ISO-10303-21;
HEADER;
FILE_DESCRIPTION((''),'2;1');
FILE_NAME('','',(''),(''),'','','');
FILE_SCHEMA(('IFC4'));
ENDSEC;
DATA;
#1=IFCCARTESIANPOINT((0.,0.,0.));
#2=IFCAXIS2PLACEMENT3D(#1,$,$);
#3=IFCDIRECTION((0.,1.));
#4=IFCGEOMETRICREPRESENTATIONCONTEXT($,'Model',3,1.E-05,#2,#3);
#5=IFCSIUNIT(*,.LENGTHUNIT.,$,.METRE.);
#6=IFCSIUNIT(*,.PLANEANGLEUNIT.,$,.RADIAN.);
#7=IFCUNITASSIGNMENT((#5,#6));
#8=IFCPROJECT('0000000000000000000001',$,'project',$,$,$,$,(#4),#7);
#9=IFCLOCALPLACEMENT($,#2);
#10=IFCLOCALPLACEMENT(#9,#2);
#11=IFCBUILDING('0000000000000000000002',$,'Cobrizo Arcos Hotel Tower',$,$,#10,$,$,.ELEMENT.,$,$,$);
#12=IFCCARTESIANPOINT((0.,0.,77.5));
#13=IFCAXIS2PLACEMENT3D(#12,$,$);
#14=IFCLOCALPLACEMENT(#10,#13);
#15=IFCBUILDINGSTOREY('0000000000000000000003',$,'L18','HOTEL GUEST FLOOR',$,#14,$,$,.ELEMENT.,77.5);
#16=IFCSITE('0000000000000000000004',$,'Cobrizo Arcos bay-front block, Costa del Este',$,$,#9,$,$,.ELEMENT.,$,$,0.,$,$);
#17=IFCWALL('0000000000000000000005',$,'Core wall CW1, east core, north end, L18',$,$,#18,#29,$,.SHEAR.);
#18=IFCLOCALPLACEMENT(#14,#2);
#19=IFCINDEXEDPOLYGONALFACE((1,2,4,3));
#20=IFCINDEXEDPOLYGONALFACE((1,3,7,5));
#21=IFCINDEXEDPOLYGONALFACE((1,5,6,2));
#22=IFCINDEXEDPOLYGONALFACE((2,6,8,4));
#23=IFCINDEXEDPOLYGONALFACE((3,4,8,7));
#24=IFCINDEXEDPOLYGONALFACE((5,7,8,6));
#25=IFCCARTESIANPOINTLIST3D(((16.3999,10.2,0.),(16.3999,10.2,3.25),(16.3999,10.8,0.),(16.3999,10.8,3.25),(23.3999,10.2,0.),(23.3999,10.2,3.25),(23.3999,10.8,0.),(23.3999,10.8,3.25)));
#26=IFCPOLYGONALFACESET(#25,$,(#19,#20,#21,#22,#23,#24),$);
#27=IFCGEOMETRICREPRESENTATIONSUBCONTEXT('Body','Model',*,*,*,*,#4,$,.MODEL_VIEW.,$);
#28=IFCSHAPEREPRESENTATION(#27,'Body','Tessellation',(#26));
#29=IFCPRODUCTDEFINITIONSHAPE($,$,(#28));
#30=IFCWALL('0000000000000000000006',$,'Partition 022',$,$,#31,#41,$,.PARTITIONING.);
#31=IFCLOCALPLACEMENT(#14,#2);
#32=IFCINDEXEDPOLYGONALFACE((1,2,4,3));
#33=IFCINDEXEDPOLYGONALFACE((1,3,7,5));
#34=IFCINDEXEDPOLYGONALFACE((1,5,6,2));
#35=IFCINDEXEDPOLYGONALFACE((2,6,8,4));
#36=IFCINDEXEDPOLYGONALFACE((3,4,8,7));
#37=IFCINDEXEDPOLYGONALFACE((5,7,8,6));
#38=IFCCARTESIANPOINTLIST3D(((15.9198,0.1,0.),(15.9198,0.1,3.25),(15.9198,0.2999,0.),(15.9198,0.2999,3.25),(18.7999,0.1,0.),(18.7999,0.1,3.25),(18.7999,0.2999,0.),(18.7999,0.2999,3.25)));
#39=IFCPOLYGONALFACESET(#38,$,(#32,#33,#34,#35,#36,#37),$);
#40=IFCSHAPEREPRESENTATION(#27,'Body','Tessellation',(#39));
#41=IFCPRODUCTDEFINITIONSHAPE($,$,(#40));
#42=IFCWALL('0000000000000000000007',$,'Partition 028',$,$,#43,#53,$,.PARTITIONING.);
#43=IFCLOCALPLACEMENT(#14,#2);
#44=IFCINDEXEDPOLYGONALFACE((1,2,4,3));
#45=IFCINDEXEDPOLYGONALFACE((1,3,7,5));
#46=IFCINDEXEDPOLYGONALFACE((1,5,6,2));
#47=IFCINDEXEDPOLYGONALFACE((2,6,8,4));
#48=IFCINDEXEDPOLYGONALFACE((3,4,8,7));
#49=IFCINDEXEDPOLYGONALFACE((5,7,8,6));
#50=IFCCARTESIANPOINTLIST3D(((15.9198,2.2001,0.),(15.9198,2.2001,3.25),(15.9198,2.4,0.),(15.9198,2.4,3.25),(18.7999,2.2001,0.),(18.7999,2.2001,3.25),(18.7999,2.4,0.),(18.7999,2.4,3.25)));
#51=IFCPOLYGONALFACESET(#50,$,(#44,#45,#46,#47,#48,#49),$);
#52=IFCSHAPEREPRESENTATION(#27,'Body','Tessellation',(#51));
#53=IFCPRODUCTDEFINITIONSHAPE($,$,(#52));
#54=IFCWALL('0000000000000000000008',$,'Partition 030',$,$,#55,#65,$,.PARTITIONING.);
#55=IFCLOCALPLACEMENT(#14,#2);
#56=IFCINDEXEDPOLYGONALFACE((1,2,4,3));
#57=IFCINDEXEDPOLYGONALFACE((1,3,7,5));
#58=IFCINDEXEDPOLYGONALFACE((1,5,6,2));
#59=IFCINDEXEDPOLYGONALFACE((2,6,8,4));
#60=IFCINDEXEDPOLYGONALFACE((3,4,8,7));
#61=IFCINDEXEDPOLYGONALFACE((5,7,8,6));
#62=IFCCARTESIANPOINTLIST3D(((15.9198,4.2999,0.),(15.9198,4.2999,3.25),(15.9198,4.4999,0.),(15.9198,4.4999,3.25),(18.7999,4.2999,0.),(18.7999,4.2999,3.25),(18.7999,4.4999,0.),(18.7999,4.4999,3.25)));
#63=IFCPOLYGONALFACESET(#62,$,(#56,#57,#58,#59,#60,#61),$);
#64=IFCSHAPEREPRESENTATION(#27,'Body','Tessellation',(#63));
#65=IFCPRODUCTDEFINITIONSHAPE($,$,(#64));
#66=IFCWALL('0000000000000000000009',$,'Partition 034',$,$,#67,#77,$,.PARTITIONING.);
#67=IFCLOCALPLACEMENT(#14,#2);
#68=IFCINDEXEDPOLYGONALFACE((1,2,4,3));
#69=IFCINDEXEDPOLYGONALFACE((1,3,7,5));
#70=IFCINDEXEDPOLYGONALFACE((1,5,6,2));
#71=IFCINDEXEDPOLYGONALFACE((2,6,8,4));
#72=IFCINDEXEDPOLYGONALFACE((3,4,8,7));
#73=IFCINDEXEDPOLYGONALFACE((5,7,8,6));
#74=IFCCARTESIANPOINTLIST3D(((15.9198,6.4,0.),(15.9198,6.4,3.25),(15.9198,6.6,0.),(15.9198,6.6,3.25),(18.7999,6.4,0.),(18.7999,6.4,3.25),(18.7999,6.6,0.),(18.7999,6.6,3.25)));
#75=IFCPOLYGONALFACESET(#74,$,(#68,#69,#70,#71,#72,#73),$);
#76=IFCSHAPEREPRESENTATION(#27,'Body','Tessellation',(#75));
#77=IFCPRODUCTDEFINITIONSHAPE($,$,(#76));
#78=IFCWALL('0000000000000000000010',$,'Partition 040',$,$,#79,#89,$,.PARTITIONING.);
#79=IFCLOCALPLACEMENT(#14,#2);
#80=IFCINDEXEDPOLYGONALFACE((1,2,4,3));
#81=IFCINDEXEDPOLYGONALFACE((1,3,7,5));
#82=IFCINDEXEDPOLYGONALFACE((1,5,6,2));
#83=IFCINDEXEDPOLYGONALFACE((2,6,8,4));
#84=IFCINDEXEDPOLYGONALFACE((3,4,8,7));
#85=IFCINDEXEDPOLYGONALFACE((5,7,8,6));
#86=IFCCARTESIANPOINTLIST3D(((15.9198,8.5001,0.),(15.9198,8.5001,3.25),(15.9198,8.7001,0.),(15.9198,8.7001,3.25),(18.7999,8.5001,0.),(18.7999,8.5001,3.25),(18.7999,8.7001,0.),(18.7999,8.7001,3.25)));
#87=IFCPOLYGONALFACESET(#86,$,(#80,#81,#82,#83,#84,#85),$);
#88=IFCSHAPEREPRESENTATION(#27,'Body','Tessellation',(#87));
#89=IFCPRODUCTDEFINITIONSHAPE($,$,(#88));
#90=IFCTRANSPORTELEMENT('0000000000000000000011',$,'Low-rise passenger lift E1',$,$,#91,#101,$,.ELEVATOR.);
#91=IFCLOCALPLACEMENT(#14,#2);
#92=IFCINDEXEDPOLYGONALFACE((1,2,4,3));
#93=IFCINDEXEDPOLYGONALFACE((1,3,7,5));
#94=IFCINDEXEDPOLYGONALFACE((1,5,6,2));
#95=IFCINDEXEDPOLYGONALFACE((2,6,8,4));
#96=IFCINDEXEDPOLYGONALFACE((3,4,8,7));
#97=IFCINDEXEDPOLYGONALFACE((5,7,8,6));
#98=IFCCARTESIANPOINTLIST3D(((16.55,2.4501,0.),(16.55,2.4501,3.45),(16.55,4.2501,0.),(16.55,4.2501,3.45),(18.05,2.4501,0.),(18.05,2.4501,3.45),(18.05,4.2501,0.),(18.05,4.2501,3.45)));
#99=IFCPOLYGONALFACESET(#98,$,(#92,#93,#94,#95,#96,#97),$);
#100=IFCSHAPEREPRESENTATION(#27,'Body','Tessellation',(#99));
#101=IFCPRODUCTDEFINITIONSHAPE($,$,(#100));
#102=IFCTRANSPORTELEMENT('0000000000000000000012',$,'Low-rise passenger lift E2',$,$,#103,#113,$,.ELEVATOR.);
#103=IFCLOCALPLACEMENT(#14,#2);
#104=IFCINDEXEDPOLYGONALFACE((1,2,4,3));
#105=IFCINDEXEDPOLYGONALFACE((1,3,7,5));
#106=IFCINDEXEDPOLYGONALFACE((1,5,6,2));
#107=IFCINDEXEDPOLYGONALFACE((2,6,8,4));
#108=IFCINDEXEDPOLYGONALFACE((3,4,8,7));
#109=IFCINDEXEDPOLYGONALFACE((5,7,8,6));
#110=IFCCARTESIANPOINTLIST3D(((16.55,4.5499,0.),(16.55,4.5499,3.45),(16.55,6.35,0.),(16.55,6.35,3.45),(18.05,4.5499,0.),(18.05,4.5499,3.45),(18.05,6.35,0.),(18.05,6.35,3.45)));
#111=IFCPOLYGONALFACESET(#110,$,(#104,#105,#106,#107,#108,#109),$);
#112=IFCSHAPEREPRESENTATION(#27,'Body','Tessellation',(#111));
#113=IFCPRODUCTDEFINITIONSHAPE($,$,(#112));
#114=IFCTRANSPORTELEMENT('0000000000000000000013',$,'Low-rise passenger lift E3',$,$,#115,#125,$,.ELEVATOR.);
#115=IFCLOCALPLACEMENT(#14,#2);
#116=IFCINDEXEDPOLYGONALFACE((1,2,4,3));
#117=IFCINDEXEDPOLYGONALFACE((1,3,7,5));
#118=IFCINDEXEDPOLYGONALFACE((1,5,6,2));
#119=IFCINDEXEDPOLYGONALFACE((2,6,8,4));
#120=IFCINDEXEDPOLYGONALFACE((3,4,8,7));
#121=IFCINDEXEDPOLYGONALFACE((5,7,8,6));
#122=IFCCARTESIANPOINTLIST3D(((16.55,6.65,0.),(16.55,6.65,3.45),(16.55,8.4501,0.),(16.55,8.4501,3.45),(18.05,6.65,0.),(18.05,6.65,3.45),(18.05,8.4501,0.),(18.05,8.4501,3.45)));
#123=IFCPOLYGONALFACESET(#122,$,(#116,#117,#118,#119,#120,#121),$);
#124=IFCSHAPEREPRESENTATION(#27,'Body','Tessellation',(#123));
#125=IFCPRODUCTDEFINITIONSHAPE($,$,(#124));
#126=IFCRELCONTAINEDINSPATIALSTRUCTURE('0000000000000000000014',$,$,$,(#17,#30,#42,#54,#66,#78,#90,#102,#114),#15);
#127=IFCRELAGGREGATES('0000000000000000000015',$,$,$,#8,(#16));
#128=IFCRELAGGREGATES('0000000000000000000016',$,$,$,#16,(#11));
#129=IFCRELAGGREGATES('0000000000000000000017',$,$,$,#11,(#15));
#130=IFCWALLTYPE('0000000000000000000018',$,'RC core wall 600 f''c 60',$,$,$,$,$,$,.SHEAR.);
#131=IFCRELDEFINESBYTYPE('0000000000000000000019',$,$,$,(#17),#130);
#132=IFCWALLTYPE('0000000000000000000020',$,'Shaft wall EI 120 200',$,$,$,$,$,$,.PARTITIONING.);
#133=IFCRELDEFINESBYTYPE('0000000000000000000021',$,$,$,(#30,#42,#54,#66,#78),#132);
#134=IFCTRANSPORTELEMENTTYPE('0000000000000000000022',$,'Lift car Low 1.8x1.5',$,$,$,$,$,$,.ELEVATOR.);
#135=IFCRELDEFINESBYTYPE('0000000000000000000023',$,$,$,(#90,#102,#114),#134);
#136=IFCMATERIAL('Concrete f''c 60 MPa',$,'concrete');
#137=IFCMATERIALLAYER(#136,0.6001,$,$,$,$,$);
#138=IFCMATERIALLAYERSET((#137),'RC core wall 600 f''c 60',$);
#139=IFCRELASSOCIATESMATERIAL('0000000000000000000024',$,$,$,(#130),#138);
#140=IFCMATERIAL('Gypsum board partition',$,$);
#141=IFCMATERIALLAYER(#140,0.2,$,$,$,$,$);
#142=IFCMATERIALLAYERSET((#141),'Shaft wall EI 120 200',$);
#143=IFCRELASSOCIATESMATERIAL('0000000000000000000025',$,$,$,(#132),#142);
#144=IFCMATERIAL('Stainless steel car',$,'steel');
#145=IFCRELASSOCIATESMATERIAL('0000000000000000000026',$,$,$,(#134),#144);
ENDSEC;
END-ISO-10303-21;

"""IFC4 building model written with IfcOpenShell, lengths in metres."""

from ifc_helpers import new_model, si_unit, direction, frame, frame_2d, origin, origin_2d, place, context, subcontext, project, spatial, rectangle, extrude, material, layer, layer_set, type_object, element, save


model = new_model("IFC4")

# Units and contexts
model_context = context("Model", 3, precision=1e-05, world=origin(), true_north=direction((0.0, 1.0)))
body_context = subcontext(model_context, "Body", "Model", "MODEL_VIEW")
ifc_project = project(units=[si_unit("LENGTHUNIT", "METRE"), si_unit("PLANEANGLEUNIT", "RADIAN")], contexts=[model_context])

# Site, building, storey
site_placement = place(None, origin())
site = spatial("IfcSite", under=ifc_project, at=site_placement, Name="Cobrizo Arcos bay-front block, Costa del Este", CompositionType="ELEMENT", RefElevation=0.0)
building_placement = place(site_placement, origin())
building = spatial("IfcBuilding", under=site, at=building_placement, Name="Cobrizo Arcos Hotel Tower", CompositionType="ELEMENT")
storey_placement = place(building_placement, frame((0.0, 0.0, 77.5)))
storey = spatial("IfcBuildingStorey", under=building, at=storey_placement, Name="L18", Description="HOTEL GUEST FLOOR", CompositionType="ELEMENT", Elevation=77.5)

# Shared definitions
ifc_material_1 = material(Name="Gypsum board partition")

# Walls
ifc_material_2 = material(Name="Concrete f'c 60 MPa", Category="concrete")
ifc_layer_1 = layer(ifc_material_2, 0.6001)
ifc_layer_set_1 = layer_set([ifc_layer_1], Name="RC core wall 600 f'c 60")
wall_type_1 = type_object("IfcWallType", Name="RC core wall 600 f'c 60", PredefinedType="SHEAR", material=ifc_layer_set_1)
wall_1_placement = place(storey_placement, frame((16.3999, 10.5, 0.0), z_axis=(0.0, 0.0, 1.0), x_axis=(1.0, 0.0, 0.0)))
element("IfcWall", 1, at=wall_1_placement, inside=storey, type_object=wall_type_1, Name="Core wall CW1, east core, north end, L18", PredefinedType="SHEAR", context=body_context, shape_type="SweptSolid", body=[
    extrude(rectangle(XDim=7.0, YDim=0.6001, at=frame_2d((3.5, 0.0))), origin(), (0.0, 0.0, 1.0), 3.25),
])
ifc_layer_2 = layer(ifc_material_1, 0.2)
ifc_layer_set_2 = layer_set([ifc_layer_2], Name="Shaft wall EI 120 200")
wall_type_2 = type_object("IfcWallType", Name="Shaft wall EI 120 200", PredefinedType="PARTITIONING", material=ifc_layer_set_2)
for number, where, z_axis, x_axis, name in (
    (2, (15.9199, 0.2, 0.0), (0.0, 0.0, 1.0), (1.0, 0.0, 0.0), "Partition 022"),
    (3, (15.9199, 2.3, 0.0), (0.0, 0.0, 1.0), (1.0, 0.0, 0.0), "Partition 028"),
    (4, (15.9199, 4.3999, 0.0), (0.0, 0.0, 1.0), (1.0, 0.0, 0.0), "Partition 030"),
    (5, (15.9199, 6.5, 0.0), (0.0, 0.0, 1.0), (1.0, 0.0, 0.0), "Partition 034"),
    (6, (15.9199, 8.6001, 0.0), (0.0, 0.0, 1.0), (1.0, 0.0, 0.0), "Partition 040"),
):
    element("IfcWall", number, at=place(storey_placement, frame(where, z_axis=z_axis, x_axis=x_axis)), inside=storey, type_object=wall_type_2, Name=name, PredefinedType="PARTITIONING", context=body_context, shape_type="SweptSolid", body=[
        extrude(rectangle(XDim=2.8801, YDim=0.2, at=frame_2d((1.4399, 0.0))), origin(), (0.0, 0.0, 1.0), 3.25),
    ])

# Transport elements
ifc_material_3 = material(Name="Stainless steel car", Category="steel")
transport_element_type = type_object("IfcTransportElementType", Name="Lift car Low 1.8x1.5", PredefinedType="ELEVATOR", material=ifc_material_3)
for number, where, z_axis, x_axis, name in (
    (7, (17.3, 3.3501, 0.0), (0.0, 0.0, 1.0), (1.0, 0.0, 0.0), "Low-rise passenger lift E1"),
    (8, (17.3, 5.45, 0.0), (0.0, 0.0, 1.0), (1.0, 0.0, 0.0), "Low-rise passenger lift E2"),
    (9, (17.3, 7.55, 0.0), (0.0, 0.0, 1.0), (1.0, 0.0, 0.0), "Low-rise passenger lift E3"),
):
    element("IfcTransportElement", number, at=place(storey_placement, frame(where, z_axis=z_axis, x_axis=x_axis)), inside=storey, type_object=transport_element_type, Name=name, PredefinedType="ELEVATOR", context=body_context, shape_type="SweptSolid", body=[
        extrude(rectangle(XDim=1.5, YDim=1.8, at=origin_2d()), origin(), (0.0, 0.0, 1.0), 3.45),
    ])

save(model, "model.ifc")
